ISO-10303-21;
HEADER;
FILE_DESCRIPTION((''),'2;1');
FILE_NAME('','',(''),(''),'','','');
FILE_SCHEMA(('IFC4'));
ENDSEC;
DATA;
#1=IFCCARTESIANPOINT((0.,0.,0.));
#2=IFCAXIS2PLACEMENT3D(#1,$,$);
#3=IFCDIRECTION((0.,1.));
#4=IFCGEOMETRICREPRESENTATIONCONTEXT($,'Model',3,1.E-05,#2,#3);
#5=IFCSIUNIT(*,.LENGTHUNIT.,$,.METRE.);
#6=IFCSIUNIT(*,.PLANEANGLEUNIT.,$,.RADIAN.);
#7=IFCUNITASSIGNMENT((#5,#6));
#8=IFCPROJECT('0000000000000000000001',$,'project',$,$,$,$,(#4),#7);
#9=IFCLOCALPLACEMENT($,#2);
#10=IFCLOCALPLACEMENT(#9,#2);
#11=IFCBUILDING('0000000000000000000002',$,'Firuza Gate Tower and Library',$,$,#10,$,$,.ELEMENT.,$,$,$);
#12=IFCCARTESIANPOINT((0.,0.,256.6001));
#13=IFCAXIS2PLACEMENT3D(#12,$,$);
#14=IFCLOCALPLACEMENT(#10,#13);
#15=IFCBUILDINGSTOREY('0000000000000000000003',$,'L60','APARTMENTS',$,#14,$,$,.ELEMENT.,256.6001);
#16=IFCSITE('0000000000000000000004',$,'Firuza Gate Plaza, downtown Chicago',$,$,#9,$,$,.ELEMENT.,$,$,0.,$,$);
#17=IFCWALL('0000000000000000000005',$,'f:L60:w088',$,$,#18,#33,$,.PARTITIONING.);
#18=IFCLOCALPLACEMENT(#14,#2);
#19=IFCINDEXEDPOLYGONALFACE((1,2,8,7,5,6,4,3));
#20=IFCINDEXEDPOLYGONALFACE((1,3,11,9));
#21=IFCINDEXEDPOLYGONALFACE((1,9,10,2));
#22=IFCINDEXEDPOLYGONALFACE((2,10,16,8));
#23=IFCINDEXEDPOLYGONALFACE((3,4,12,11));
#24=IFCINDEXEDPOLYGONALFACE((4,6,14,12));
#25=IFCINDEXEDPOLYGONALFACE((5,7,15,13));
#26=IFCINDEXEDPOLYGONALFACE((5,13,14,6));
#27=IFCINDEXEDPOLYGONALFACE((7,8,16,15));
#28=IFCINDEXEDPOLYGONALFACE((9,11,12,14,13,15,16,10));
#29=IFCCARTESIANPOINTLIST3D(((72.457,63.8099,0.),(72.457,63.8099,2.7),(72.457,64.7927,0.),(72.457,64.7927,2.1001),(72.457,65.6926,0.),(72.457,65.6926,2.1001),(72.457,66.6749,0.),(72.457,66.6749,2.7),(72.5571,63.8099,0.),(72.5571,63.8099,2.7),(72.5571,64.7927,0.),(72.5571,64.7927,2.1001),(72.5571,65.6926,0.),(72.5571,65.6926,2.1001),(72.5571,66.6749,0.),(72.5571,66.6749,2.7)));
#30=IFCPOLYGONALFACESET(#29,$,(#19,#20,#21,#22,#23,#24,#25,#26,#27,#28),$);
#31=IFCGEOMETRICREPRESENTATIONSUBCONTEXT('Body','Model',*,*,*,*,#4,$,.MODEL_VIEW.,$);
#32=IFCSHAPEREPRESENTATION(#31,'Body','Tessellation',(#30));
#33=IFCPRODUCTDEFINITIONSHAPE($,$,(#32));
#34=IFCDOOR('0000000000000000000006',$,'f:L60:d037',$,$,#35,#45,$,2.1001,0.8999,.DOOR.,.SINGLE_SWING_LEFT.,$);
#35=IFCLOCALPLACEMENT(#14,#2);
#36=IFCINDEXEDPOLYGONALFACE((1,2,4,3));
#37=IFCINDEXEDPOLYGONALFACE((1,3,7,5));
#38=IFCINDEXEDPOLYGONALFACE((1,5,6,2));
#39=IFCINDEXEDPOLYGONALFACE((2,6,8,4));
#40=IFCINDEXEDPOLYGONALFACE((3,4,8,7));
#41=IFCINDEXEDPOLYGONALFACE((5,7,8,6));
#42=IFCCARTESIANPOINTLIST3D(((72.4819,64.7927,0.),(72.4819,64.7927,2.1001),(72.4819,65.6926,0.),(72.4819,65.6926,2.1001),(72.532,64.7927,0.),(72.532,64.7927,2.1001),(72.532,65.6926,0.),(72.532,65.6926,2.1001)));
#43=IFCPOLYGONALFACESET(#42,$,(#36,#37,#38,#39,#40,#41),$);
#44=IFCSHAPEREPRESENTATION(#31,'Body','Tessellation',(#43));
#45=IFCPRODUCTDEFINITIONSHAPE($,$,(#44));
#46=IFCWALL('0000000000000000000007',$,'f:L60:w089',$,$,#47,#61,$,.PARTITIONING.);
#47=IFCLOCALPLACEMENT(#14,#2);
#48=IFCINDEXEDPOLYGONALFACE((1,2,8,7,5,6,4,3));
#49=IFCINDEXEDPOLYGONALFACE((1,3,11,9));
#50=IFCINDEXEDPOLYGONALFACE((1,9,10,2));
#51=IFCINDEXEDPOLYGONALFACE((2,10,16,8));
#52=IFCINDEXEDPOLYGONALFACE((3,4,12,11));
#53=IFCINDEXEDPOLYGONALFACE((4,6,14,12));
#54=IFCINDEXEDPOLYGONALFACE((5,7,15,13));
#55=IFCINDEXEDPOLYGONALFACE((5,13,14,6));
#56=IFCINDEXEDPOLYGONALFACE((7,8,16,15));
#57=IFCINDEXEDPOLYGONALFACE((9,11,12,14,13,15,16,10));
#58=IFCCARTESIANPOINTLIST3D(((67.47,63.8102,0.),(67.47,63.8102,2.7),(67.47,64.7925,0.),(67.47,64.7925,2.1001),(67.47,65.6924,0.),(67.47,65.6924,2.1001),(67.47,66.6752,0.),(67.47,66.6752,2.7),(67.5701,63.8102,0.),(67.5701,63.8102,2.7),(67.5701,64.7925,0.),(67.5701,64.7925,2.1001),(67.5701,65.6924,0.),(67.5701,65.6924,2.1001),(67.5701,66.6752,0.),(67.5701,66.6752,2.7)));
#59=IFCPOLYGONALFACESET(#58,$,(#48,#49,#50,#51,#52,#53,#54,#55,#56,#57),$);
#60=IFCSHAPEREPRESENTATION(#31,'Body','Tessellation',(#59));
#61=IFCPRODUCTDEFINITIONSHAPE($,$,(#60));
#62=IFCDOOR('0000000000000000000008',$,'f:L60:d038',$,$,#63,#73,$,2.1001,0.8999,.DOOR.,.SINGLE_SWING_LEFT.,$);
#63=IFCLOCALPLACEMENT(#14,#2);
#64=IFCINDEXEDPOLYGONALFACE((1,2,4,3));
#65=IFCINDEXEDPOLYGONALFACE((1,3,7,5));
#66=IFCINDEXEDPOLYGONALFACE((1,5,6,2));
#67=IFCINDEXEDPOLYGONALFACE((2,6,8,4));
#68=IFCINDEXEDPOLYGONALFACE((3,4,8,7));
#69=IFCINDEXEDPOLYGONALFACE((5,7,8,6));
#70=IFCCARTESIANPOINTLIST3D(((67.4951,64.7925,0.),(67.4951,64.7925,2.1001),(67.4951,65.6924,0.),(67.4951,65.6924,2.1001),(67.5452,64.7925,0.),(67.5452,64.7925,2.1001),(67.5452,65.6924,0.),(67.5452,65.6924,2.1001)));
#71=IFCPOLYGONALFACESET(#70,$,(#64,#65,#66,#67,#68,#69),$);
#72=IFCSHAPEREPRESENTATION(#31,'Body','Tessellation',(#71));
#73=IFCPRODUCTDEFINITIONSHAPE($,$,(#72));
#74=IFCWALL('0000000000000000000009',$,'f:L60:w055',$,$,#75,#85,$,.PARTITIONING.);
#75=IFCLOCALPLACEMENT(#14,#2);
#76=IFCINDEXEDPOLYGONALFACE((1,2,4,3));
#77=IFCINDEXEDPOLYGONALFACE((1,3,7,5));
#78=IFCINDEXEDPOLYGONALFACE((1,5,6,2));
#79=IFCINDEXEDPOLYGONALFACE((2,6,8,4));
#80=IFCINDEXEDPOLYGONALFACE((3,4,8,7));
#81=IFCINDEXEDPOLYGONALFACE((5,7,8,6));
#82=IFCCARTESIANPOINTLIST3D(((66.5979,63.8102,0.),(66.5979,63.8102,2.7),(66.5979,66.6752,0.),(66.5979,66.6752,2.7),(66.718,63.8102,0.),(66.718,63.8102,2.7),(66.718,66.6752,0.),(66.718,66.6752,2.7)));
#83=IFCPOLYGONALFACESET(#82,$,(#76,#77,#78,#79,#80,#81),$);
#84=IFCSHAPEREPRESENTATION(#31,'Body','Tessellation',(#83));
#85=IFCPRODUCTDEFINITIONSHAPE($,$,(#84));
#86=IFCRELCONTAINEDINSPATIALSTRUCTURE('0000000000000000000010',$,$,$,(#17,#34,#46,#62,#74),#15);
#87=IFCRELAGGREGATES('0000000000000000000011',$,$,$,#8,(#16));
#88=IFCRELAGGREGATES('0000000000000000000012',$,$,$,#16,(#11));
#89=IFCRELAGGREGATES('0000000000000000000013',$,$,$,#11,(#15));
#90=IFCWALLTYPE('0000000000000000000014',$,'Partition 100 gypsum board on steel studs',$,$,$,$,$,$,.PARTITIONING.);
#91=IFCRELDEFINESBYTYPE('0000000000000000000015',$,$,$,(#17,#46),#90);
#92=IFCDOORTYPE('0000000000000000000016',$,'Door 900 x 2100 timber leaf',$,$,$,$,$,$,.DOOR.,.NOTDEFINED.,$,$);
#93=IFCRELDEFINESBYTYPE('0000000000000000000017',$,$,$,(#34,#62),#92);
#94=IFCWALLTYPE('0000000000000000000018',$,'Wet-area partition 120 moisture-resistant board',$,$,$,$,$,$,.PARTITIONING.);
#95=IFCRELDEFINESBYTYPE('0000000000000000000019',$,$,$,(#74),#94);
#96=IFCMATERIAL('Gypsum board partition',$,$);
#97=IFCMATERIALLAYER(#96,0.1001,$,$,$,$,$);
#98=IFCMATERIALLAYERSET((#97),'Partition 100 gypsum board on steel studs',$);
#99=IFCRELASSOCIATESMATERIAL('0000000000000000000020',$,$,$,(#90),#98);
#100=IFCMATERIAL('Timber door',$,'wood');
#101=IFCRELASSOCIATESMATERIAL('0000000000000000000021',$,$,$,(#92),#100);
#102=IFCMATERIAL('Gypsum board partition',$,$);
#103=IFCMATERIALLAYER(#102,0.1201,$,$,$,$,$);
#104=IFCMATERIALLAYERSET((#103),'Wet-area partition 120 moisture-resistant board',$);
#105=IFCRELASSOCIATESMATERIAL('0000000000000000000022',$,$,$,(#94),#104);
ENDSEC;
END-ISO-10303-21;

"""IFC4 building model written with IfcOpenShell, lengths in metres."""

from ifc_helpers import new_model, si_unit, direction, frame, frame_2d, origin, place, context, subcontext, project, spatial, rectangle, extrude, material, layer, layer_set, type_object, element, fill, save


model = new_model("IFC4")

# Units and contexts
model_context = context("Model", 3, precision=1e-05, world=origin(), true_north=direction((0.0, 1.0)))
body_context = subcontext(model_context, "Body", "Model", "MODEL_VIEW")
ifc_project = project(units=[si_unit("LENGTHUNIT", "METRE"), si_unit("PLANEANGLEUNIT", "RADIAN")], contexts=[model_context])

# Site, building, storey
site_placement = place(None, origin())
site = spatial("IfcSite", under=ifc_project, at=site_placement, Name="Firuza Gate Plaza, downtown Chicago", CompositionType="ELEMENT", RefElevation=0.0)
building_placement = place(site_placement, origin())
building = spatial("IfcBuilding", under=site, at=building_placement, Name="Firuza Gate Tower and Library", CompositionType="ELEMENT")
storey_placement = place(building_placement, frame((0.0, 0.0, 256.6001)))
storey = spatial("IfcBuildingStorey", under=building, at=storey_placement, Name="L60", Description="APARTMENTS", CompositionType="ELEMENT", Elevation=256.6001)

# Walls, openings, doors
ifc_material_1 = material(Name="Gypsum board partition")
ifc_layer_1 = layer(ifc_material_1, 0.1001)
ifc_layer_set_1 = layer_set([ifc_layer_1], Name="Partition 100 gypsum board on steel studs")
wall_type_1 = type_object("IfcWallType", Name="Partition 100 gypsum board on steel studs", PredefinedType="PARTITIONING", material=ifc_layer_set_1)
wall_1_placement = place(storey_placement, frame((72.5071, 66.675, 0.0), z_axis=(0.0, 0.0, 1.0), x_axis=(0.0, -1.0, 0.0)))
wall_1 = element("IfcWall", 1, at=wall_1_placement, inside=storey, type_object=wall_type_1, Name="f:L60:w088", PredefinedType="PARTITIONING", context=body_context, shape_type="SweptSolid", body=[
    extrude(rectangle(XDim=2.865, YDim=0.1001, at=frame_2d((1.4326, 0.0))), origin(), (0.0, 0.0, 1.0), 2.7),
])
opening_1_placement = place(wall_1_placement, frame((0.9824, 0.0, 0.0)))
opening_1 = element("IfcOpeningElement", 2, at=opening_1_placement, cuts=wall_1, PredefinedType="OPENING", context=body_context, shape_type="SweptSolid", body=[
    extrude(rectangle(XDim=0.8999, YDim=2.1001, at=frame_2d((0.45, 1.05))), frame((0.0, 0.0601, 0.0), z_axis=(0.0, -1.0, 0.0), x_axis=(1.0, 0.0, 0.0)), (0.0, 0.0, 1.0), 0.1201),
])
ifc_material_2 = material(Name="Timber door", Category="wood")
door_type_1 = type_object("IfcDoorType", Name="Door 900 x 2100 timber leaf", OperationType="NOTDEFINED", PredefinedType="DOOR", material=ifc_material_2)
door_1_placement = place(opening_1_placement, origin())
door_1 = element("IfcDoor", 3, at=door_1_placement, inside=storey, type_object=door_type_1, Name="f:L60:d037", OperationType="SINGLE_SWING_LEFT", OverallHeight=2.1001, OverallWidth=0.8999, PredefinedType="DOOR", context=body_context, shape_type="SweptSolid", body=[
    extrude(rectangle(XDim=0.8999, YDim=2.1001, at=frame_2d((0.45, 1.05))), frame((0.0, 0.0249, 0.0), z_axis=(0.0, -1.0, 0.0), x_axis=(1.0, 0.0, 0.0)), (0.0, 0.0, 1.0), 0.05),
])
fill(opening_1, door_1)
wall_2_placement = place(storey_placement, frame((67.52, 63.8101, 0.0), z_axis=(0.0, 0.0, 1.0), x_axis=(0.0, 1.0, 0.0)))
wall_2 = element("IfcWall", 4, at=wall_2_placement, inside=storey, type_object=wall_type_1, Name="f:L60:w089", PredefinedType="PARTITIONING", context=body_context, shape_type="SweptSolid", body=[
    extrude(rectangle(XDim=2.865, YDim=0.1001, at=frame_2d((1.4326, 0.0))), origin(), (0.0, 0.0, 1.0), 2.7),
])
opening_2_placement = place(wall_2_placement, frame((0.9824, 0.0, 0.0)))
opening_2 = element("IfcOpeningElement", 5, at=opening_2_placement, cuts=wall_2, PredefinedType="OPENING", context=body_context, shape_type="SweptSolid", body=[
    extrude(rectangle(XDim=0.8999, YDim=2.1001, at=frame_2d((0.45, 1.05))), frame((0.0, 0.0601, 0.0), z_axis=(0.0, -1.0, 0.0), x_axis=(1.0, 0.0, 0.0)), (0.0, 0.0, 1.0), 0.1201),
])
door_2_placement = place(opening_2_placement, origin())
door_2 = element("IfcDoor", 6, at=door_2_placement, inside=storey, type_object=door_type_1, Name="f:L60:d038", OperationType="SINGLE_SWING_LEFT", OverallHeight=2.1001, OverallWidth=0.8999, PredefinedType="DOOR", context=body_context, shape_type="SweptSolid", body=[
    extrude(rectangle(XDim=0.8999, YDim=2.1001, at=frame_2d((0.45, 1.05))), frame((0.0, 0.0249, 0.0), z_axis=(0.0, -1.0, 0.0), x_axis=(1.0, 0.0, 0.0)), (0.0, 0.0, 1.0), 0.05),
])
fill(opening_2, door_2)

# Wall
ifc_material_3 = material(Name="Gypsum board partition")
ifc_layer_2 = layer(ifc_material_3, 0.1201)
ifc_layer_set_2 = layer_set([ifc_layer_2], Name="Wet-area partition 120 moisture-resistant board")
wall_type_2 = type_object("IfcWallType", Name="Wet-area partition 120 moisture-resistant board", PredefinedType="PARTITIONING", material=ifc_layer_set_2)
wall_3_placement = place(storey_placement, frame((66.658, 63.8101, 0.0), z_axis=(0.0, 0.0, 1.0), x_axis=(0.0, 1.0, 0.0)))
element("IfcWall", 7, at=wall_3_placement, inside=storey, type_object=wall_type_2, Name="f:L60:w055", PredefinedType="PARTITIONING", context=body_context, shape_type="SweptSolid", body=[
    extrude(rectangle(XDim=2.865, YDim=0.1201, at=frame_2d((1.4326, 0.0))), origin(), (0.0, 0.0, 1.0), 2.7),
])

save(model, "model.ifc")
